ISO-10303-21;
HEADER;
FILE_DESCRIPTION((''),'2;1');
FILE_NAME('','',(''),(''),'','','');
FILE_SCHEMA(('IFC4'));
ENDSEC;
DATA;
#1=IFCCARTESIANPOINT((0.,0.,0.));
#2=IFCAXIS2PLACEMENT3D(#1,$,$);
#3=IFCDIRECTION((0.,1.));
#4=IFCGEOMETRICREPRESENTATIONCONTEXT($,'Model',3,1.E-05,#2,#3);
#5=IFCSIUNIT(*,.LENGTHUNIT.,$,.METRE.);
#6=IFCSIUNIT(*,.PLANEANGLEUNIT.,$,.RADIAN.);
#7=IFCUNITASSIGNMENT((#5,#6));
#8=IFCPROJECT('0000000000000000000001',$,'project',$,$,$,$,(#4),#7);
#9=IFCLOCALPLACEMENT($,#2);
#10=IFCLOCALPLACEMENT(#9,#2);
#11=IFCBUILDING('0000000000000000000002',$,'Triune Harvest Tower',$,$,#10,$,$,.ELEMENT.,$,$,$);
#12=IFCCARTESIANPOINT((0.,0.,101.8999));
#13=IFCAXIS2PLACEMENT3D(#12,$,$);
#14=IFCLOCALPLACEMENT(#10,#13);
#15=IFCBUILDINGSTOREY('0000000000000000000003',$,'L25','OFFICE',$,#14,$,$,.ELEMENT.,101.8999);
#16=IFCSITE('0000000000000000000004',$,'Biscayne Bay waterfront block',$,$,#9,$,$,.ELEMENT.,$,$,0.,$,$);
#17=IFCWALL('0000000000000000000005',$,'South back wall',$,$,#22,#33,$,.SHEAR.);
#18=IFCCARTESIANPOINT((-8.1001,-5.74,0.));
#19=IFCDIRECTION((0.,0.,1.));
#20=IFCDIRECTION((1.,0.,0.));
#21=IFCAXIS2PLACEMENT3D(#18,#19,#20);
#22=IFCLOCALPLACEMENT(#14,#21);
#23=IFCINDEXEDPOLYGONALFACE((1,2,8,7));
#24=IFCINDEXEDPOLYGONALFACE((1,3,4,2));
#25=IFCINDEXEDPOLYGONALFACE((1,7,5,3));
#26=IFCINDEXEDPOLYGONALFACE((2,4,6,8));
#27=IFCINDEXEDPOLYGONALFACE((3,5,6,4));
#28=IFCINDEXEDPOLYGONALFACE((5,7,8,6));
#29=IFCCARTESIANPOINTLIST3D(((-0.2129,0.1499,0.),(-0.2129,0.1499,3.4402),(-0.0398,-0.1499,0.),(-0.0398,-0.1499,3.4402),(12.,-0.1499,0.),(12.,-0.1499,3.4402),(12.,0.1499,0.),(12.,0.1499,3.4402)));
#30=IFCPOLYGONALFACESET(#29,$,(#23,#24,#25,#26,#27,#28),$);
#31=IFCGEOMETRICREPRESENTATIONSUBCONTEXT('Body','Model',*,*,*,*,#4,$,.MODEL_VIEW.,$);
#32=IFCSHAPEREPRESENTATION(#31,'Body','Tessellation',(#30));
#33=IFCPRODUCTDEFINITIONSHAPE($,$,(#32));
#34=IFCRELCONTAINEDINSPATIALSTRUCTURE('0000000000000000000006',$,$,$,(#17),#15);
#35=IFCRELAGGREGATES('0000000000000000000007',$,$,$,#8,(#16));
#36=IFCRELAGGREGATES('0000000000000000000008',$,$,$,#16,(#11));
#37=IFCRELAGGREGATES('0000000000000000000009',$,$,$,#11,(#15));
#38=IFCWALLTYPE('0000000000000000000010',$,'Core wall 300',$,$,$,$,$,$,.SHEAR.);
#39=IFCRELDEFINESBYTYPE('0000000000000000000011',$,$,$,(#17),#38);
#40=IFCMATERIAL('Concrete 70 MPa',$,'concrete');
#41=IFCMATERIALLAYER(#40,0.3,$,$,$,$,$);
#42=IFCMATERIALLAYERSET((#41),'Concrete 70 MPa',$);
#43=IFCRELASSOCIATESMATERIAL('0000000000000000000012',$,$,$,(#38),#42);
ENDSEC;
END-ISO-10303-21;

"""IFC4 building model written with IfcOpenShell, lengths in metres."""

from ifc_helpers import new_model, si_unit, direction, frame, origin, place, context, subcontext, project, spatial, polyline, outline, extrude, source, transform, mapped, material, layer, layer_set, type_object, element, save


model = new_model("IFC4")

# Units and contexts
model_context = context("Model", 3, precision=1e-05, world=origin(), true_north=direction((0.0, 1.0)))
body_context = subcontext(model_context, "Body", "Model", "MODEL_VIEW")
ifc_project = project(units=[si_unit("LENGTHUNIT", "METRE"), si_unit("PLANEANGLEUNIT", "RADIAN")], contexts=[model_context])

# Site, building, storey
site_placement = place(None, origin())
site = spatial("IfcSite", under=ifc_project, at=site_placement, Name="Biscayne Bay waterfront block", CompositionType="ELEMENT", RefElevation=0.0)
building_placement = place(site_placement, origin())
building = spatial("IfcBuilding", under=site, at=building_placement, Name="Triune Harvest Tower", CompositionType="ELEMENT")
storey_placement = place(building_placement, frame((0.0, 0.0, 101.8999)))
storey = spatial("IfcBuildingStorey", under=building, at=storey_placement, Name="L25", Description="OFFICE", CompositionType="ELEMENT", Elevation=101.8999)

# Shared definitions
ifc_material_1 = material(Name="Concrete 70 MPa", Category="concrete")
ifc_layer_1 = layer(ifc_material_1, 0.3)
ifc_layer_set_1 = layer_set([ifc_layer_1], Name="Concrete 70 MPa")
wall_type_1 = type_object("IfcWallType", Name="Core wall 300", PredefinedType="SHEAR", material=ifc_layer_set_1)

# Wall
shared_shape_1 = source(origin(), body_context, "Body", "SweptSolid", [
    extrude(outline(polyline([(12.0, -0.1499), (-0.0398, -0.1499), (-0.2129, 0.1499), (12.0, 0.1499), (12.0, -0.1499)])), origin(), (0.0, 0.0, 1.0), 3.4402),
])
wall_1_placement = place(storey_placement, frame((-8.1001, -5.74, 0.0), z_axis=(0.0, 0.0, 1.0), x_axis=(1.0, 0.0, 0.0)))
element("IfcWall", 1, at=wall_1_placement, inside=storey, type_object=wall_type_1, Name="South back wall", PredefinedType="SHEAR", context=body_context, shape_type="MappedRepresentation", body=[
    mapped(shared_shape_1, transform((0.0, 0.0, 0.0), scale=1.0)),
])

save(model, "model.ifc")
